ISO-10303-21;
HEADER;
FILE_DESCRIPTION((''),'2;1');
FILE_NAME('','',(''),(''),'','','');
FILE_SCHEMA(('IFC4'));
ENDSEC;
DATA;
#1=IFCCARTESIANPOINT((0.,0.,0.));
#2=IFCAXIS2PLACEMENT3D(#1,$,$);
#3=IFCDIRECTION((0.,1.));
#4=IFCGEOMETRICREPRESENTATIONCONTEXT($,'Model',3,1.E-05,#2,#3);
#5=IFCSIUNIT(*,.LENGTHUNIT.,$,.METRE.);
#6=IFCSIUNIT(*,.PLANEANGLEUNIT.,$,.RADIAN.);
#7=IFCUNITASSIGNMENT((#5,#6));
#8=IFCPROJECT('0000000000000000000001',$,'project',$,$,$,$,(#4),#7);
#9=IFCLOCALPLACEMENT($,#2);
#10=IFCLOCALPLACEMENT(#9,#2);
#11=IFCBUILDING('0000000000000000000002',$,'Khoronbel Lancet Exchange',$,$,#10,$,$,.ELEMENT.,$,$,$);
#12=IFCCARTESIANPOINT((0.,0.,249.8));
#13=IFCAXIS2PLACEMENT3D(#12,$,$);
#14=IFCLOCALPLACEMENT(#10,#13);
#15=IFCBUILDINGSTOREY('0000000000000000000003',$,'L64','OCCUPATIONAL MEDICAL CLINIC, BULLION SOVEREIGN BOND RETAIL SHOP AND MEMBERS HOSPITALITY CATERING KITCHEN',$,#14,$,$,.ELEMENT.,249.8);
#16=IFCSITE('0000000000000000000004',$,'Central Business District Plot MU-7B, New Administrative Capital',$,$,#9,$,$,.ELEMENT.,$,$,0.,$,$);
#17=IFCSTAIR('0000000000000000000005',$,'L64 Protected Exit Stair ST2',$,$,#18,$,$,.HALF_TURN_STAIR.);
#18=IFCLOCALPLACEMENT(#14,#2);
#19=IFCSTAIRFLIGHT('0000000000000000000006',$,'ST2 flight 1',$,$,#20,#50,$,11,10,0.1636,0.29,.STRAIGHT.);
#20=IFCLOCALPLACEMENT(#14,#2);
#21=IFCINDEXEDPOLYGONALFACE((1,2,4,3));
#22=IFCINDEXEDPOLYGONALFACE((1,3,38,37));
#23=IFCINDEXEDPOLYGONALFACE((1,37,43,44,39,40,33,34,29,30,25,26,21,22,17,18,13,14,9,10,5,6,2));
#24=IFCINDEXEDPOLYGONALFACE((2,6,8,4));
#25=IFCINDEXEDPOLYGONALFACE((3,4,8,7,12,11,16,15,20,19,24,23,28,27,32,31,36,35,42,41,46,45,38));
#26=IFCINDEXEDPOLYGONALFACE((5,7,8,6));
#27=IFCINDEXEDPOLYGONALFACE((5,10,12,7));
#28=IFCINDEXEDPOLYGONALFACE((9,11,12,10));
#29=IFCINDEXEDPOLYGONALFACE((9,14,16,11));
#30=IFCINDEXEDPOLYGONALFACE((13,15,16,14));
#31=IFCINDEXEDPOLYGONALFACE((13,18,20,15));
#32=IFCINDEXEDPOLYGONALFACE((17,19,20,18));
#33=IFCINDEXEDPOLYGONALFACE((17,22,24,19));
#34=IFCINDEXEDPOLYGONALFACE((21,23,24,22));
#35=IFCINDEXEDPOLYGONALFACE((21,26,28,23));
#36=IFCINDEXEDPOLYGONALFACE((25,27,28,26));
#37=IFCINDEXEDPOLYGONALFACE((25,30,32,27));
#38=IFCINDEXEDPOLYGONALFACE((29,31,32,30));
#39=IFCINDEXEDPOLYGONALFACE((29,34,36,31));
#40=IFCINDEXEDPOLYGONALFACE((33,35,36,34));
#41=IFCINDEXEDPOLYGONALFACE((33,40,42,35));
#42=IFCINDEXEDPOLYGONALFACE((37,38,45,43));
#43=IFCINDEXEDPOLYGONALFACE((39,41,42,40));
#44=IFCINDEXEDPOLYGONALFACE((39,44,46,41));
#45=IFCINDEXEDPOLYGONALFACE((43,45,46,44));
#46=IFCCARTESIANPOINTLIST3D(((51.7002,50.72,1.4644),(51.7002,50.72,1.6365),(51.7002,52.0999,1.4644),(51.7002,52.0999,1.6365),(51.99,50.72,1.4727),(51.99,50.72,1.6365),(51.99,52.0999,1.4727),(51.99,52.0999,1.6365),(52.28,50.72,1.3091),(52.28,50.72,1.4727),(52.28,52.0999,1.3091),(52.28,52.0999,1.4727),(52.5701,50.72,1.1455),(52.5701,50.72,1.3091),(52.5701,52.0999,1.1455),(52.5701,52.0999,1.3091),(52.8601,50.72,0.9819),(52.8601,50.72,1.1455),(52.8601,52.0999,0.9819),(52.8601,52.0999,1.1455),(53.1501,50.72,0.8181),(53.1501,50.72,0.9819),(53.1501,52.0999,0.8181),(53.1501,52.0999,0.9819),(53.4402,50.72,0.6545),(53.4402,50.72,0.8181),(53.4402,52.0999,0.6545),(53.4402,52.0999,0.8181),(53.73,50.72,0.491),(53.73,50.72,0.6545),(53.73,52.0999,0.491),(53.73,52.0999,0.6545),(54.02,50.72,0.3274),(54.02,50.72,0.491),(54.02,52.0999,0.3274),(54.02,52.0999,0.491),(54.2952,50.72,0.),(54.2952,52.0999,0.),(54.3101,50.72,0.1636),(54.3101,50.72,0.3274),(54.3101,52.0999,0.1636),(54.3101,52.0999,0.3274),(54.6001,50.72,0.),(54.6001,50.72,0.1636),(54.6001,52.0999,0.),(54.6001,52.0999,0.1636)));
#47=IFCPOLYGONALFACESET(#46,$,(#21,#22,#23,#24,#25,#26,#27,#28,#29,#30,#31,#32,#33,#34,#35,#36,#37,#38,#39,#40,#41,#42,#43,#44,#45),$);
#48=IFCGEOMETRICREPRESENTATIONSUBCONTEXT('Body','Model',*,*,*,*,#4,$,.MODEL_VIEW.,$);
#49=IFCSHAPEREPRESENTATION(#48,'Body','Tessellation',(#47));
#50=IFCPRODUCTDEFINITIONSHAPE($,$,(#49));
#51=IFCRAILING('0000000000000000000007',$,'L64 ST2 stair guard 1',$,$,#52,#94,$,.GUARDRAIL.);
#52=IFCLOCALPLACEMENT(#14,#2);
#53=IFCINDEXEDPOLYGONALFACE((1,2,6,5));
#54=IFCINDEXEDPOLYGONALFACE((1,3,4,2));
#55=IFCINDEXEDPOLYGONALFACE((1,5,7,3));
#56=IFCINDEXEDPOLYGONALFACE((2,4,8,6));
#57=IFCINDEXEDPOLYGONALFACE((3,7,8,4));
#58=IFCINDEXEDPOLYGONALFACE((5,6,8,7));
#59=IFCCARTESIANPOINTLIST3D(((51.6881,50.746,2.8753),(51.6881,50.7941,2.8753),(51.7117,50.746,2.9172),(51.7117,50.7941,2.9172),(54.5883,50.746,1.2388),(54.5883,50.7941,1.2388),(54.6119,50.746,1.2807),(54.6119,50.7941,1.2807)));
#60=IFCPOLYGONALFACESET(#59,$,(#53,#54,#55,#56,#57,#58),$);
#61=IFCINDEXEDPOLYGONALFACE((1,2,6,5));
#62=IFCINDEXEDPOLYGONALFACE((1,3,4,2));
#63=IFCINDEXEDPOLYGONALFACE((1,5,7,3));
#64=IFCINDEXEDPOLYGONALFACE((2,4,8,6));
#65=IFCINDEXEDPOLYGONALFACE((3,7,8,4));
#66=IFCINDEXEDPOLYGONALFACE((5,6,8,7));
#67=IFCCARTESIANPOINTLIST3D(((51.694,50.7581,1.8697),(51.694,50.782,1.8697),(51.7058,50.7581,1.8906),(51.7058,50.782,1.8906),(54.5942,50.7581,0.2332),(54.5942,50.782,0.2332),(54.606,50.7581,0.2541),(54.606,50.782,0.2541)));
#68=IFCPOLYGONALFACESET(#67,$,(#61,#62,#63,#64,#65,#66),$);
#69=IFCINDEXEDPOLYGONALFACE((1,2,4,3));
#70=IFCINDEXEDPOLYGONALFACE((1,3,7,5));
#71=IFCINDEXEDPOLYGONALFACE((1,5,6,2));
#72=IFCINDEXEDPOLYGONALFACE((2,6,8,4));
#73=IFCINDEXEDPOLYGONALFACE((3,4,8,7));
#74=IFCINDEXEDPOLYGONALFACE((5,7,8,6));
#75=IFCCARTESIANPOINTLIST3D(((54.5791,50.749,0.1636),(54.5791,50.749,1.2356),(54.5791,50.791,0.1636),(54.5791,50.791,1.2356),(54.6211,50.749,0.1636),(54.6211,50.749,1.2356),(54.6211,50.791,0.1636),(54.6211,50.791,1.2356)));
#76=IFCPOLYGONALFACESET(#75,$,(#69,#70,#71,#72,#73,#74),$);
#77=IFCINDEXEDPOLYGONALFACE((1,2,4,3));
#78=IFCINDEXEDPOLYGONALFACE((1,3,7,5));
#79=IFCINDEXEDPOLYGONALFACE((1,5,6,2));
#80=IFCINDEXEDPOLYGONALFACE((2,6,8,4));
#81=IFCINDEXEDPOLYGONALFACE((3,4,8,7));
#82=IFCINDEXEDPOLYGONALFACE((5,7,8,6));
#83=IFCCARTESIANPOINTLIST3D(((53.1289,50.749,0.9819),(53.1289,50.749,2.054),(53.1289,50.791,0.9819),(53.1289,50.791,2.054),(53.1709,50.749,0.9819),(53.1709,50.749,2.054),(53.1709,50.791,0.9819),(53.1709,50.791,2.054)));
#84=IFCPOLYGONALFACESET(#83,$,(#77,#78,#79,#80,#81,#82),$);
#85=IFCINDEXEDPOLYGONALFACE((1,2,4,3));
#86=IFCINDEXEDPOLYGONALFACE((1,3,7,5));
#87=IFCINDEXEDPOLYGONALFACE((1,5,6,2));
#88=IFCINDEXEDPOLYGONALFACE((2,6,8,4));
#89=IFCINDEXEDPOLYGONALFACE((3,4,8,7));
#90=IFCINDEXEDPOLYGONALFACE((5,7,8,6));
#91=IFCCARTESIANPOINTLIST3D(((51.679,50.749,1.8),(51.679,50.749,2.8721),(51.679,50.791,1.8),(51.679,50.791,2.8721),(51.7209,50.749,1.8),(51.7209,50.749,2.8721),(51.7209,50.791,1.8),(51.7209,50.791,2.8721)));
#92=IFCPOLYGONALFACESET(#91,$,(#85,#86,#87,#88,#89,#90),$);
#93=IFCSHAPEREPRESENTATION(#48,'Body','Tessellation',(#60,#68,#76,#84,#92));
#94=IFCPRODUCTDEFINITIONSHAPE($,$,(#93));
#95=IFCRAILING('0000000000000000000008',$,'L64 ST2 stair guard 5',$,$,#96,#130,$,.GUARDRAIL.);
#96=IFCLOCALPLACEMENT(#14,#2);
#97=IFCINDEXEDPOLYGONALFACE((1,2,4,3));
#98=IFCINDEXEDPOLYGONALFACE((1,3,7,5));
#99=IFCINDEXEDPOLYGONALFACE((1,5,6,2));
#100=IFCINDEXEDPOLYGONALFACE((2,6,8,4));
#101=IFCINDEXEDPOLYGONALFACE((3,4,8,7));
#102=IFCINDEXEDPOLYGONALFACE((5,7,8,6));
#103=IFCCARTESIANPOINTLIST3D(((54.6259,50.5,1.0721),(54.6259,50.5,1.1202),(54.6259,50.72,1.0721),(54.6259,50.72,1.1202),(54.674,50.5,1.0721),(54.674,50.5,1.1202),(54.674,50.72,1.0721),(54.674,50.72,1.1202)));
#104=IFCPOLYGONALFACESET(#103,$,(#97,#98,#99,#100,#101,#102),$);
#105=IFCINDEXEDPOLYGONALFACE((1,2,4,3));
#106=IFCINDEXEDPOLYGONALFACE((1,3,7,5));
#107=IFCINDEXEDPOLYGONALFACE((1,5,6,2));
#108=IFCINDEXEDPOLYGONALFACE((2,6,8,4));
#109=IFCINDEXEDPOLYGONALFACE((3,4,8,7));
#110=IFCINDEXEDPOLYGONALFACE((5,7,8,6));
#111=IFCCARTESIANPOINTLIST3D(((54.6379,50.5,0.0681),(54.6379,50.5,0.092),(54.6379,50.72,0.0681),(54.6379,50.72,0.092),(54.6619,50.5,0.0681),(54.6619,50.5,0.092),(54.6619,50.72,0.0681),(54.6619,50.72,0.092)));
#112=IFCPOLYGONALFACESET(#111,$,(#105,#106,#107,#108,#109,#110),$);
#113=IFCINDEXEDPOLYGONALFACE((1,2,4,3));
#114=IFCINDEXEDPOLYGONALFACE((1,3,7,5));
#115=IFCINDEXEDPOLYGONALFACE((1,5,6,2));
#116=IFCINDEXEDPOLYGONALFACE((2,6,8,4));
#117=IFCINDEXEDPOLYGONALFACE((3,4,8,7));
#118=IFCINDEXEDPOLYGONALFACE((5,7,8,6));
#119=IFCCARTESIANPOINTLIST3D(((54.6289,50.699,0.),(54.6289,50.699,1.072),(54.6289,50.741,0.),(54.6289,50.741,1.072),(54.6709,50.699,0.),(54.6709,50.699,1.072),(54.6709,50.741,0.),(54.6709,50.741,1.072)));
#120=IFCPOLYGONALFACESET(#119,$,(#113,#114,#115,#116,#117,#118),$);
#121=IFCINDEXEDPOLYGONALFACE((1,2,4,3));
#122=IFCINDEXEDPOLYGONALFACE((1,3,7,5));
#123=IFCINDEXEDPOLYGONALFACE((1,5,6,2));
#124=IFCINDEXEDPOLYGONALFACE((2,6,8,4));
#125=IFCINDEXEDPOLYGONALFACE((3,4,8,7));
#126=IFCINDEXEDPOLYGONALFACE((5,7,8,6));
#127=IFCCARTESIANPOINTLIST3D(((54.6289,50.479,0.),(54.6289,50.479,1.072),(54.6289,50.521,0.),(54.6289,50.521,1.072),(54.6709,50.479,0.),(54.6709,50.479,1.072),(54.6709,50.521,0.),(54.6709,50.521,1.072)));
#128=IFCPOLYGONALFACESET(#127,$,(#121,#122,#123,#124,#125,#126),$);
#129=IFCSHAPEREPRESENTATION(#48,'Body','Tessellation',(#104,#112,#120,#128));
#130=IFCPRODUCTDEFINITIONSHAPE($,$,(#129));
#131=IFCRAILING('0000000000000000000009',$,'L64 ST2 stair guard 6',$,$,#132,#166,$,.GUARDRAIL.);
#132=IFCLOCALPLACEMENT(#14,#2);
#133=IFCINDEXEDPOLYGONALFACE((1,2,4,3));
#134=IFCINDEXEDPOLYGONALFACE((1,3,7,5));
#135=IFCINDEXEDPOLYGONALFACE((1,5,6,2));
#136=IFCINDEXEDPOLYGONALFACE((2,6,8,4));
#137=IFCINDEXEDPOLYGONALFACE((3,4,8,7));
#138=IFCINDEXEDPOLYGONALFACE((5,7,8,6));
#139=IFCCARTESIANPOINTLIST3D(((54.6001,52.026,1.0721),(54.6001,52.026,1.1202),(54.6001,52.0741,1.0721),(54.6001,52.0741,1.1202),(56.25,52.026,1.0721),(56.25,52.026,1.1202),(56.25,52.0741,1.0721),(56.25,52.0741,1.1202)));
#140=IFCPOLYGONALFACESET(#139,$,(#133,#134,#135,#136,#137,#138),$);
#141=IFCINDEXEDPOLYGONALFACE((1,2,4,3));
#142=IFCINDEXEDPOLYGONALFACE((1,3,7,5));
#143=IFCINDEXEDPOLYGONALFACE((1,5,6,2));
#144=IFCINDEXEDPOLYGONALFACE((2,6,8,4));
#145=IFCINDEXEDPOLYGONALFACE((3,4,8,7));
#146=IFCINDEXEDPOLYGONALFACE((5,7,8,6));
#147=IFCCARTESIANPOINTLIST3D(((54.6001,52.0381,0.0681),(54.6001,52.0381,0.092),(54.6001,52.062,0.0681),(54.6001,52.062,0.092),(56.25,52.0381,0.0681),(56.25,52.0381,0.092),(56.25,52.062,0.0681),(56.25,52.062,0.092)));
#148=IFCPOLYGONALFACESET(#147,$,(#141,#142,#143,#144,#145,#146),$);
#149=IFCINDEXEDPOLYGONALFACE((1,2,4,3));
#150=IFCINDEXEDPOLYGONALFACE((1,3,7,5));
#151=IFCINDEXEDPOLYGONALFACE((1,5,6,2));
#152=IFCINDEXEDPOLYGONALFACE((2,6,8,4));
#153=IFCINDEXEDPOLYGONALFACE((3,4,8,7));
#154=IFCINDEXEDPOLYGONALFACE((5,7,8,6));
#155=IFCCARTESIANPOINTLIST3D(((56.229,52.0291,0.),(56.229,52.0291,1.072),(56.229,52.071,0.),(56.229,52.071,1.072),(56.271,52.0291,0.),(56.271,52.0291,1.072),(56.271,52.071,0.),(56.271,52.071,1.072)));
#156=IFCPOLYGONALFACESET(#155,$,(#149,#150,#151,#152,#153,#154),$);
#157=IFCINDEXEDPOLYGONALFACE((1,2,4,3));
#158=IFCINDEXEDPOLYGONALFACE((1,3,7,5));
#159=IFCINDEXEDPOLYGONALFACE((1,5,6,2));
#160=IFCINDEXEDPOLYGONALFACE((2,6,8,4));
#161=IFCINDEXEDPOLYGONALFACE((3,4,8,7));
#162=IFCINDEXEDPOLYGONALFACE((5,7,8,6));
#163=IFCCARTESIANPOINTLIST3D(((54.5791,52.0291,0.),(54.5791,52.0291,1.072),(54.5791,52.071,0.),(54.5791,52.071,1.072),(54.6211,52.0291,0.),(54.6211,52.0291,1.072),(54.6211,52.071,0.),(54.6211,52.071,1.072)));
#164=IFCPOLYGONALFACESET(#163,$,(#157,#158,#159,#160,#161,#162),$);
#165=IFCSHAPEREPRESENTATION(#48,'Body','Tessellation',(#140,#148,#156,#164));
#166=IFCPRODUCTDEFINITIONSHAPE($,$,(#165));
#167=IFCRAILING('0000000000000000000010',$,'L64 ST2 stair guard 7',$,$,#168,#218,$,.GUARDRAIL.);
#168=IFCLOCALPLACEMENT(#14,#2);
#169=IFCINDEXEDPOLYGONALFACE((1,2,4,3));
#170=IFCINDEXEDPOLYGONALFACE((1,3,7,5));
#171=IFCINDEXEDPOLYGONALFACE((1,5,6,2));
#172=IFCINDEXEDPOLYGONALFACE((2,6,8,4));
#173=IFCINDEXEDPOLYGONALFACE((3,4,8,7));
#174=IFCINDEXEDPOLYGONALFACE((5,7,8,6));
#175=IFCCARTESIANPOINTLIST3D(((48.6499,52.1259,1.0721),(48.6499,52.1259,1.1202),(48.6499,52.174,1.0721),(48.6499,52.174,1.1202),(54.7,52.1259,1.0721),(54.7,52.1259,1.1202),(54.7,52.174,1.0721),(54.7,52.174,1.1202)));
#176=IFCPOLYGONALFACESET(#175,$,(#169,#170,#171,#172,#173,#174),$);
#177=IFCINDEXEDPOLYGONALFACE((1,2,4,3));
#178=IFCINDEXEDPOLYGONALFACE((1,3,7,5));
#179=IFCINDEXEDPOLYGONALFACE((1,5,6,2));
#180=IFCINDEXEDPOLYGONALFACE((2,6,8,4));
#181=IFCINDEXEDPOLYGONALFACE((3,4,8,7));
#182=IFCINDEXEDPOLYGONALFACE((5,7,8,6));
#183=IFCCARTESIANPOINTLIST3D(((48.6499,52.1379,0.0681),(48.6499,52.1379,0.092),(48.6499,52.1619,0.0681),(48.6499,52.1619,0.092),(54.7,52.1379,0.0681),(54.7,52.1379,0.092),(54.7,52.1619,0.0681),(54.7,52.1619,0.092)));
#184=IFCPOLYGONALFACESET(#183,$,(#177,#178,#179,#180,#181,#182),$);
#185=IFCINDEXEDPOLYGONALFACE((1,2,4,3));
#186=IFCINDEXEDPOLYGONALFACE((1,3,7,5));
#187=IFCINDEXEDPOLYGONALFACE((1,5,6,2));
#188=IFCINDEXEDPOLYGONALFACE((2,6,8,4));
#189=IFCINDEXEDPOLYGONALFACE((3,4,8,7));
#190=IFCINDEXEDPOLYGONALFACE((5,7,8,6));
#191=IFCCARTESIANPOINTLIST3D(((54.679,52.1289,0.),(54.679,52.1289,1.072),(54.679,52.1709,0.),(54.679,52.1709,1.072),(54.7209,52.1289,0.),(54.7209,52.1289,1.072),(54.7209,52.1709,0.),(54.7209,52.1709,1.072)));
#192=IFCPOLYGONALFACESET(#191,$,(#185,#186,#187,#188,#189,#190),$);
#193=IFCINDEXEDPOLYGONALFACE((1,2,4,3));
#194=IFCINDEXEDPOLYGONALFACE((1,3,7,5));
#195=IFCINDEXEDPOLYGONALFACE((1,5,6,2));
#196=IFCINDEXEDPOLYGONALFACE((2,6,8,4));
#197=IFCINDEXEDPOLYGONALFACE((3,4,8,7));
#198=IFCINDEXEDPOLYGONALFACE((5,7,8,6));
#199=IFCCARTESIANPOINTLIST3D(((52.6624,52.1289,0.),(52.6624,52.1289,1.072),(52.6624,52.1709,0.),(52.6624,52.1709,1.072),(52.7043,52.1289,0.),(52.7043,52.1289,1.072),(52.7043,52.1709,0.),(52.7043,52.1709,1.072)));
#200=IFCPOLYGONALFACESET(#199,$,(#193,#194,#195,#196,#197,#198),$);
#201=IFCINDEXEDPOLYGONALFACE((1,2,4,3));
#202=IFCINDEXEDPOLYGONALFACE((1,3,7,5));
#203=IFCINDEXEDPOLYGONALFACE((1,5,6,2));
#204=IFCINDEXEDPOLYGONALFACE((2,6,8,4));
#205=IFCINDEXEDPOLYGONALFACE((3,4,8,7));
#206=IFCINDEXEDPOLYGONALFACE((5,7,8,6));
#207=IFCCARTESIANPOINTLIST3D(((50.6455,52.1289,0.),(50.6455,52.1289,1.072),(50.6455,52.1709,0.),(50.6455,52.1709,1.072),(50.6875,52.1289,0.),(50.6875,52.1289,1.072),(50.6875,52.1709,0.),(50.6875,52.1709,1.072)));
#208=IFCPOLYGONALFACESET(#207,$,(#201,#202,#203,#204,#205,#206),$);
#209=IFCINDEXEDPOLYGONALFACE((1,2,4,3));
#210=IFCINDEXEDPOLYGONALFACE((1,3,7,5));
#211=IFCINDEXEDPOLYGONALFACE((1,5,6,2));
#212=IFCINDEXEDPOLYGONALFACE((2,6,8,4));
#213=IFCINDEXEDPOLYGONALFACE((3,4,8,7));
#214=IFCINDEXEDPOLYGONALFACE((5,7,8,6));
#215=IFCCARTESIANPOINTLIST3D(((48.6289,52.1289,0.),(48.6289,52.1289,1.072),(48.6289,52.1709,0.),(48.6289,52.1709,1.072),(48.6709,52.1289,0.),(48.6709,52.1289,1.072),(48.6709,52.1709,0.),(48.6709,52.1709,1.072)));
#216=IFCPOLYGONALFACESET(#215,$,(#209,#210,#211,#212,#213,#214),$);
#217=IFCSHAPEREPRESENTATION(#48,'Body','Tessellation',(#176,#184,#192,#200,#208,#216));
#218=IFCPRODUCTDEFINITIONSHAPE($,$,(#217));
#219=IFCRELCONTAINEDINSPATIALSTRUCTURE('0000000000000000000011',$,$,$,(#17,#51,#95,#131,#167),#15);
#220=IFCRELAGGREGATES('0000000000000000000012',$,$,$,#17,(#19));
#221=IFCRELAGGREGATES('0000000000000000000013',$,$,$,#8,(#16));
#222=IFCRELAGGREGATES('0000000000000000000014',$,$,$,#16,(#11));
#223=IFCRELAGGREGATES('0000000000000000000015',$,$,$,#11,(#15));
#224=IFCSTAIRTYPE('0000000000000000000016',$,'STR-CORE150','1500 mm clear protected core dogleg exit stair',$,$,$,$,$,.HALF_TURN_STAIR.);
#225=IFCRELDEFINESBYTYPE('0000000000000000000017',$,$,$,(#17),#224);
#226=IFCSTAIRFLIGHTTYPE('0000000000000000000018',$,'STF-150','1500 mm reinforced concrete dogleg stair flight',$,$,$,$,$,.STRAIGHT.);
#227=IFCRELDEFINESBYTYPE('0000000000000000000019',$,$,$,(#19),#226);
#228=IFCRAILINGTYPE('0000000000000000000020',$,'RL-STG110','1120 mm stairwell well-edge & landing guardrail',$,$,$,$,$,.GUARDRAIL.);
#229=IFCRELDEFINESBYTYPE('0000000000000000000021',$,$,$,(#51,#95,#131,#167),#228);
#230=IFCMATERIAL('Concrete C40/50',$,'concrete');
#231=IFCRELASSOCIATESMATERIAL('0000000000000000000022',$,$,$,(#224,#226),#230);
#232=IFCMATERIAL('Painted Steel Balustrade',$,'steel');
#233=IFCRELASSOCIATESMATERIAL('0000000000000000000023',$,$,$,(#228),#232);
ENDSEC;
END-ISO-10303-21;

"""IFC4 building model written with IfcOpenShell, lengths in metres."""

from ifc_helpers import new_model, si_unit, direction, frame, origin, origin_2d, place, context, subcontext, project, spatial, polyline, rectangle, outline, extrude, material, type_object, element, aggregate, save


model = new_model("IFC4")

# Units and contexts
model_context = context("Model", 3, precision=1e-05, world=origin(), true_north=direction((0.0, 1.0)))
body_context = subcontext(model_context, "Body", "Model", "MODEL_VIEW")
ifc_project = project(units=[si_unit("LENGTHUNIT", "METRE"), si_unit("PLANEANGLEUNIT", "RADIAN")], contexts=[model_context])

# Site, building, storey
site_placement = place(None, origin())
site = spatial("IfcSite", under=ifc_project, at=site_placement, Name="Central Business District Plot MU-7B, New Administrative Capital", CompositionType="ELEMENT", RefElevation=0.0)
building_placement = place(site_placement, origin())
building = spatial("IfcBuilding", under=site, at=building_placement, Name="Khoronbel Lancet Exchange", CompositionType="ELEMENT")
storey_placement = place(building_placement, frame((0.0, 0.0, 249.8)))
storey = spatial("IfcBuildingStorey", under=building, at=storey_placement, Name="L64", Description="OCCUPATIONAL MEDICAL CLINIC, BULLION SOVEREIGN BOND RETAIL SHOP AND MEMBERS HOSPITALITY CATERING KITCHEN", CompositionType="ELEMENT", Elevation=249.8)

# Stair, stair flight
ifc_material_1 = material(Name="Concrete C40/50", Category="concrete")
stair_type = type_object("IfcStairType", Name="STR-CORE150", Description="1500 mm clear protected core dogleg exit stair", PredefinedType="HALF_TURN_STAIR", material=ifc_material_1)
stair_placement = place(storey_placement, origin())
stair = element("IfcStair", 1, at=stair_placement, inside=storey, type_object=stair_type, Name="L64 Protected Exit Stair ST2", PredefinedType="HALF_TURN_STAIR")
stair_flight_type = type_object("IfcStairFlightType", Name="STF-150", Description="1500 mm reinforced concrete dogleg stair flight", PredefinedType="STRAIGHT", material=ifc_material_1)
stair_flight_placement = place(storey_placement, frame((54.6001, 51.4099, 0.0), z_axis=(0.0, 0.0, 1.0), x_axis=(-1.0, 0.0, 0.0)))
stair_flight = element("IfcStairFlight", 2, at=stair_flight_placement, type_object=stair_flight_type, Name="ST2 flight 1", NumberOfRisers=11, NumberOfTreads=10, PredefinedType="STRAIGHT", RiserHeight=0.1636, TreadLength=0.29, context=body_context, shape_type="SweptSolid", body=[
    extrude(outline(polyline([(0.0, 0.0), (0.0, 0.1636), (0.29, 0.1636), (0.29, 0.3274), (0.5801, 0.3274), (0.5801, 0.491), (0.8701, 0.491), (0.8701, 0.6545), (1.1599, 0.6545), (1.1599, 0.8181), (1.45, 0.8181), (1.45, 0.9819), (1.74, 0.9819), (1.74, 1.1455), (2.03, 1.1455), (2.03, 1.3091), (2.3201, 1.3091), (2.3201, 1.4727), (2.6101, 1.4727), (2.6101, 1.6365), (2.8999, 1.6365), (2.8999, 1.8), (2.8999, 1.4644), (0.3049, 0.0), (0.0, 0.0)])), frame((0.0, 0.6899, 0.0), z_axis=(0.0, -1.0, 0.0), x_axis=(1.0, 0.0, 0.0)), (0.0, 0.0, 1.0), 1.3799),
])
aggregate(stair, [stair_flight])

# Railings
ifc_material_2 = material(Name="Painted Steel Balustrade", Category="steel")
railing_type_1 = type_object("IfcRailingType", Name="RL-STG110", Description="1120 mm stairwell well-edge & landing guardrail", PredefinedType="GUARDRAIL", material=ifc_material_2)
railing_1_placement = place(storey_placement, frame((54.6001, 50.77, 0.1636)))
element("IfcRailing", 3, at=railing_1_placement, inside=storey, type_object=railing_type_1, Name="L64 ST2 stair guard 1", PredefinedType="GUARDRAIL", context=body_context, shape_type="SweptSolid", body=[
    extrude(rectangle(XDim=0.0481, YDim=0.0481, at=origin_2d()), frame((0.0, 0.0, 1.0962), z_axis=(-0.870915, 0.0, 0.491434), x_axis=(0.0, -1.0, 0.0)), (0.0, 0.0, 1.0), 3.3301),
    extrude(rectangle(XDim=0.0239, YDim=0.0239, at=origin_2d()), frame((0.0, 0.0, 0.0801), z_axis=(-0.870915, 0.0, 0.491434), x_axis=(0.0, -1.0, 0.0)), (0.0, 0.0, 1.0), 3.3301),
    extrude(rectangle(XDim=0.042, YDim=0.042, at=origin_2d()), origin(), (0.0, 0.0, 1.0), 1.072),
    extrude(rectangle(XDim=0.042, YDim=0.042, at=origin_2d()), frame((-1.4502, 0.0, 0.8184)), (0.0, 0.0, 1.0), 1.072),
    extrude(rectangle(XDim=0.042, YDim=0.042, at=origin_2d()), frame((-2.9001, 0.0, 1.6365)), (0.0, 0.0, 1.0), 1.072),
])
railing_2_placement = place(storey_placement, frame((54.6499, 50.72, 0.0)))
element("IfcRailing", 4, at=railing_2_placement, inside=storey, type_object=railing_type_1, Name="L64 ST2 stair guard 5", PredefinedType="GUARDRAIL", context=body_context, shape_type="SweptSolid", body=[
    extrude(rectangle(XDim=0.0481, YDim=0.0481, at=origin_2d()), frame((0.0, 0.0, 1.0962), z_axis=(0.0, -1.0, 0.0), x_axis=(1.0, 0.0, 0.0)), (0.0, 0.0, 1.0), 0.22),
    extrude(rectangle(XDim=0.0239, YDim=0.0239, at=origin_2d()), frame((0.0, 0.0, 0.0801), z_axis=(0.0, -1.0, 0.0), x_axis=(1.0, 0.0, 0.0)), (0.0, 0.0, 1.0), 0.22),
    extrude(rectangle(XDim=0.042, YDim=0.042, at=origin_2d()), origin(), (0.0, 0.0, 1.0), 1.072),
    extrude(rectangle(XDim=0.042, YDim=0.042, at=origin_2d()), frame((0.0, -0.22, 0.0)), (0.0, 0.0, 1.0), 1.072),
])
railing_3_placement = place(storey_placement, frame((56.25, 52.05, 0.0)))
element("IfcRailing", 5, at=railing_3_placement, inside=storey, type_object=railing_type_1, Name="L64 ST2 stair guard 6", PredefinedType="GUARDRAIL", context=body_context, shape_type="SweptSolid", body=[
    extrude(rectangle(XDim=0.0481, YDim=0.0481, at=origin_2d()), frame((0.0, 0.0, 1.0962), z_axis=(-1.0, 0.0, 0.0), x_axis=(0.0, -1.0, 0.0)), (0.0, 0.0, 1.0), 1.6499),
    extrude(rectangle(XDim=0.0239, YDim=0.0239, at=origin_2d()), frame((0.0, 0.0, 0.0801), z_axis=(-1.0, 0.0, 0.0), x_axis=(0.0, -1.0, 0.0)), (0.0, 0.0, 1.0), 1.6499),
    extrude(rectangle(XDim=0.042, YDim=0.042, at=origin_2d()), origin(), (0.0, 0.0, 1.0), 1.072),
    extrude(rectangle(XDim=0.042, YDim=0.042, at=origin_2d()), frame((-1.6499, 0.0, 0.0)), (0.0, 0.0, 1.0), 1.072),
])
railing_4_placement = place(storey_placement, frame((54.7, 52.1499, 0.0)))
element("IfcRailing", 6, at=railing_4_placement, inside=storey, type_object=railing_type_1, Name="L64 ST2 stair guard 7", PredefinedType="GUARDRAIL", context=body_context, shape_type="SweptSolid", body=[
    extrude(rectangle(XDim=0.0481, YDim=0.0481, at=origin_2d()), frame((0.0, 0.0, 1.0962), z_axis=(-1.0, 0.0, 0.0), x_axis=(0.0, -1.0, 0.0)), (0.0, 0.0, 1.0), 6.05),
    extrude(rectangle(XDim=0.0239, YDim=0.0239, at=origin_2d()), frame((0.0, 0.0, 0.0801), z_axis=(-1.0, 0.0, 0.0), x_axis=(0.0, -1.0, 0.0)), (0.0, 0.0, 1.0), 6.05),
    extrude(rectangle(XDim=0.042, YDim=0.042, at=origin_2d()), origin(), (0.0, 0.0, 1.0), 1.072),
    extrude(rectangle(XDim=0.042, YDim=0.042, at=origin_2d()), frame((-2.0166, 0.0, 0.0)), (0.0, 0.0, 1.0), 1.072),
    extrude(rectangle(XDim=0.042, YDim=0.042, at=origin_2d()), frame((-4.0334, 0.0, 0.0)), (0.0, 0.0, 1.0), 1.072),
    extrude(rectangle(XDim=0.042, YDim=0.042, at=origin_2d()), frame((-6.05, 0.0, 0.0)), (0.0, 0.0, 1.0), 1.072),
])

save(model, "model.ifc")
